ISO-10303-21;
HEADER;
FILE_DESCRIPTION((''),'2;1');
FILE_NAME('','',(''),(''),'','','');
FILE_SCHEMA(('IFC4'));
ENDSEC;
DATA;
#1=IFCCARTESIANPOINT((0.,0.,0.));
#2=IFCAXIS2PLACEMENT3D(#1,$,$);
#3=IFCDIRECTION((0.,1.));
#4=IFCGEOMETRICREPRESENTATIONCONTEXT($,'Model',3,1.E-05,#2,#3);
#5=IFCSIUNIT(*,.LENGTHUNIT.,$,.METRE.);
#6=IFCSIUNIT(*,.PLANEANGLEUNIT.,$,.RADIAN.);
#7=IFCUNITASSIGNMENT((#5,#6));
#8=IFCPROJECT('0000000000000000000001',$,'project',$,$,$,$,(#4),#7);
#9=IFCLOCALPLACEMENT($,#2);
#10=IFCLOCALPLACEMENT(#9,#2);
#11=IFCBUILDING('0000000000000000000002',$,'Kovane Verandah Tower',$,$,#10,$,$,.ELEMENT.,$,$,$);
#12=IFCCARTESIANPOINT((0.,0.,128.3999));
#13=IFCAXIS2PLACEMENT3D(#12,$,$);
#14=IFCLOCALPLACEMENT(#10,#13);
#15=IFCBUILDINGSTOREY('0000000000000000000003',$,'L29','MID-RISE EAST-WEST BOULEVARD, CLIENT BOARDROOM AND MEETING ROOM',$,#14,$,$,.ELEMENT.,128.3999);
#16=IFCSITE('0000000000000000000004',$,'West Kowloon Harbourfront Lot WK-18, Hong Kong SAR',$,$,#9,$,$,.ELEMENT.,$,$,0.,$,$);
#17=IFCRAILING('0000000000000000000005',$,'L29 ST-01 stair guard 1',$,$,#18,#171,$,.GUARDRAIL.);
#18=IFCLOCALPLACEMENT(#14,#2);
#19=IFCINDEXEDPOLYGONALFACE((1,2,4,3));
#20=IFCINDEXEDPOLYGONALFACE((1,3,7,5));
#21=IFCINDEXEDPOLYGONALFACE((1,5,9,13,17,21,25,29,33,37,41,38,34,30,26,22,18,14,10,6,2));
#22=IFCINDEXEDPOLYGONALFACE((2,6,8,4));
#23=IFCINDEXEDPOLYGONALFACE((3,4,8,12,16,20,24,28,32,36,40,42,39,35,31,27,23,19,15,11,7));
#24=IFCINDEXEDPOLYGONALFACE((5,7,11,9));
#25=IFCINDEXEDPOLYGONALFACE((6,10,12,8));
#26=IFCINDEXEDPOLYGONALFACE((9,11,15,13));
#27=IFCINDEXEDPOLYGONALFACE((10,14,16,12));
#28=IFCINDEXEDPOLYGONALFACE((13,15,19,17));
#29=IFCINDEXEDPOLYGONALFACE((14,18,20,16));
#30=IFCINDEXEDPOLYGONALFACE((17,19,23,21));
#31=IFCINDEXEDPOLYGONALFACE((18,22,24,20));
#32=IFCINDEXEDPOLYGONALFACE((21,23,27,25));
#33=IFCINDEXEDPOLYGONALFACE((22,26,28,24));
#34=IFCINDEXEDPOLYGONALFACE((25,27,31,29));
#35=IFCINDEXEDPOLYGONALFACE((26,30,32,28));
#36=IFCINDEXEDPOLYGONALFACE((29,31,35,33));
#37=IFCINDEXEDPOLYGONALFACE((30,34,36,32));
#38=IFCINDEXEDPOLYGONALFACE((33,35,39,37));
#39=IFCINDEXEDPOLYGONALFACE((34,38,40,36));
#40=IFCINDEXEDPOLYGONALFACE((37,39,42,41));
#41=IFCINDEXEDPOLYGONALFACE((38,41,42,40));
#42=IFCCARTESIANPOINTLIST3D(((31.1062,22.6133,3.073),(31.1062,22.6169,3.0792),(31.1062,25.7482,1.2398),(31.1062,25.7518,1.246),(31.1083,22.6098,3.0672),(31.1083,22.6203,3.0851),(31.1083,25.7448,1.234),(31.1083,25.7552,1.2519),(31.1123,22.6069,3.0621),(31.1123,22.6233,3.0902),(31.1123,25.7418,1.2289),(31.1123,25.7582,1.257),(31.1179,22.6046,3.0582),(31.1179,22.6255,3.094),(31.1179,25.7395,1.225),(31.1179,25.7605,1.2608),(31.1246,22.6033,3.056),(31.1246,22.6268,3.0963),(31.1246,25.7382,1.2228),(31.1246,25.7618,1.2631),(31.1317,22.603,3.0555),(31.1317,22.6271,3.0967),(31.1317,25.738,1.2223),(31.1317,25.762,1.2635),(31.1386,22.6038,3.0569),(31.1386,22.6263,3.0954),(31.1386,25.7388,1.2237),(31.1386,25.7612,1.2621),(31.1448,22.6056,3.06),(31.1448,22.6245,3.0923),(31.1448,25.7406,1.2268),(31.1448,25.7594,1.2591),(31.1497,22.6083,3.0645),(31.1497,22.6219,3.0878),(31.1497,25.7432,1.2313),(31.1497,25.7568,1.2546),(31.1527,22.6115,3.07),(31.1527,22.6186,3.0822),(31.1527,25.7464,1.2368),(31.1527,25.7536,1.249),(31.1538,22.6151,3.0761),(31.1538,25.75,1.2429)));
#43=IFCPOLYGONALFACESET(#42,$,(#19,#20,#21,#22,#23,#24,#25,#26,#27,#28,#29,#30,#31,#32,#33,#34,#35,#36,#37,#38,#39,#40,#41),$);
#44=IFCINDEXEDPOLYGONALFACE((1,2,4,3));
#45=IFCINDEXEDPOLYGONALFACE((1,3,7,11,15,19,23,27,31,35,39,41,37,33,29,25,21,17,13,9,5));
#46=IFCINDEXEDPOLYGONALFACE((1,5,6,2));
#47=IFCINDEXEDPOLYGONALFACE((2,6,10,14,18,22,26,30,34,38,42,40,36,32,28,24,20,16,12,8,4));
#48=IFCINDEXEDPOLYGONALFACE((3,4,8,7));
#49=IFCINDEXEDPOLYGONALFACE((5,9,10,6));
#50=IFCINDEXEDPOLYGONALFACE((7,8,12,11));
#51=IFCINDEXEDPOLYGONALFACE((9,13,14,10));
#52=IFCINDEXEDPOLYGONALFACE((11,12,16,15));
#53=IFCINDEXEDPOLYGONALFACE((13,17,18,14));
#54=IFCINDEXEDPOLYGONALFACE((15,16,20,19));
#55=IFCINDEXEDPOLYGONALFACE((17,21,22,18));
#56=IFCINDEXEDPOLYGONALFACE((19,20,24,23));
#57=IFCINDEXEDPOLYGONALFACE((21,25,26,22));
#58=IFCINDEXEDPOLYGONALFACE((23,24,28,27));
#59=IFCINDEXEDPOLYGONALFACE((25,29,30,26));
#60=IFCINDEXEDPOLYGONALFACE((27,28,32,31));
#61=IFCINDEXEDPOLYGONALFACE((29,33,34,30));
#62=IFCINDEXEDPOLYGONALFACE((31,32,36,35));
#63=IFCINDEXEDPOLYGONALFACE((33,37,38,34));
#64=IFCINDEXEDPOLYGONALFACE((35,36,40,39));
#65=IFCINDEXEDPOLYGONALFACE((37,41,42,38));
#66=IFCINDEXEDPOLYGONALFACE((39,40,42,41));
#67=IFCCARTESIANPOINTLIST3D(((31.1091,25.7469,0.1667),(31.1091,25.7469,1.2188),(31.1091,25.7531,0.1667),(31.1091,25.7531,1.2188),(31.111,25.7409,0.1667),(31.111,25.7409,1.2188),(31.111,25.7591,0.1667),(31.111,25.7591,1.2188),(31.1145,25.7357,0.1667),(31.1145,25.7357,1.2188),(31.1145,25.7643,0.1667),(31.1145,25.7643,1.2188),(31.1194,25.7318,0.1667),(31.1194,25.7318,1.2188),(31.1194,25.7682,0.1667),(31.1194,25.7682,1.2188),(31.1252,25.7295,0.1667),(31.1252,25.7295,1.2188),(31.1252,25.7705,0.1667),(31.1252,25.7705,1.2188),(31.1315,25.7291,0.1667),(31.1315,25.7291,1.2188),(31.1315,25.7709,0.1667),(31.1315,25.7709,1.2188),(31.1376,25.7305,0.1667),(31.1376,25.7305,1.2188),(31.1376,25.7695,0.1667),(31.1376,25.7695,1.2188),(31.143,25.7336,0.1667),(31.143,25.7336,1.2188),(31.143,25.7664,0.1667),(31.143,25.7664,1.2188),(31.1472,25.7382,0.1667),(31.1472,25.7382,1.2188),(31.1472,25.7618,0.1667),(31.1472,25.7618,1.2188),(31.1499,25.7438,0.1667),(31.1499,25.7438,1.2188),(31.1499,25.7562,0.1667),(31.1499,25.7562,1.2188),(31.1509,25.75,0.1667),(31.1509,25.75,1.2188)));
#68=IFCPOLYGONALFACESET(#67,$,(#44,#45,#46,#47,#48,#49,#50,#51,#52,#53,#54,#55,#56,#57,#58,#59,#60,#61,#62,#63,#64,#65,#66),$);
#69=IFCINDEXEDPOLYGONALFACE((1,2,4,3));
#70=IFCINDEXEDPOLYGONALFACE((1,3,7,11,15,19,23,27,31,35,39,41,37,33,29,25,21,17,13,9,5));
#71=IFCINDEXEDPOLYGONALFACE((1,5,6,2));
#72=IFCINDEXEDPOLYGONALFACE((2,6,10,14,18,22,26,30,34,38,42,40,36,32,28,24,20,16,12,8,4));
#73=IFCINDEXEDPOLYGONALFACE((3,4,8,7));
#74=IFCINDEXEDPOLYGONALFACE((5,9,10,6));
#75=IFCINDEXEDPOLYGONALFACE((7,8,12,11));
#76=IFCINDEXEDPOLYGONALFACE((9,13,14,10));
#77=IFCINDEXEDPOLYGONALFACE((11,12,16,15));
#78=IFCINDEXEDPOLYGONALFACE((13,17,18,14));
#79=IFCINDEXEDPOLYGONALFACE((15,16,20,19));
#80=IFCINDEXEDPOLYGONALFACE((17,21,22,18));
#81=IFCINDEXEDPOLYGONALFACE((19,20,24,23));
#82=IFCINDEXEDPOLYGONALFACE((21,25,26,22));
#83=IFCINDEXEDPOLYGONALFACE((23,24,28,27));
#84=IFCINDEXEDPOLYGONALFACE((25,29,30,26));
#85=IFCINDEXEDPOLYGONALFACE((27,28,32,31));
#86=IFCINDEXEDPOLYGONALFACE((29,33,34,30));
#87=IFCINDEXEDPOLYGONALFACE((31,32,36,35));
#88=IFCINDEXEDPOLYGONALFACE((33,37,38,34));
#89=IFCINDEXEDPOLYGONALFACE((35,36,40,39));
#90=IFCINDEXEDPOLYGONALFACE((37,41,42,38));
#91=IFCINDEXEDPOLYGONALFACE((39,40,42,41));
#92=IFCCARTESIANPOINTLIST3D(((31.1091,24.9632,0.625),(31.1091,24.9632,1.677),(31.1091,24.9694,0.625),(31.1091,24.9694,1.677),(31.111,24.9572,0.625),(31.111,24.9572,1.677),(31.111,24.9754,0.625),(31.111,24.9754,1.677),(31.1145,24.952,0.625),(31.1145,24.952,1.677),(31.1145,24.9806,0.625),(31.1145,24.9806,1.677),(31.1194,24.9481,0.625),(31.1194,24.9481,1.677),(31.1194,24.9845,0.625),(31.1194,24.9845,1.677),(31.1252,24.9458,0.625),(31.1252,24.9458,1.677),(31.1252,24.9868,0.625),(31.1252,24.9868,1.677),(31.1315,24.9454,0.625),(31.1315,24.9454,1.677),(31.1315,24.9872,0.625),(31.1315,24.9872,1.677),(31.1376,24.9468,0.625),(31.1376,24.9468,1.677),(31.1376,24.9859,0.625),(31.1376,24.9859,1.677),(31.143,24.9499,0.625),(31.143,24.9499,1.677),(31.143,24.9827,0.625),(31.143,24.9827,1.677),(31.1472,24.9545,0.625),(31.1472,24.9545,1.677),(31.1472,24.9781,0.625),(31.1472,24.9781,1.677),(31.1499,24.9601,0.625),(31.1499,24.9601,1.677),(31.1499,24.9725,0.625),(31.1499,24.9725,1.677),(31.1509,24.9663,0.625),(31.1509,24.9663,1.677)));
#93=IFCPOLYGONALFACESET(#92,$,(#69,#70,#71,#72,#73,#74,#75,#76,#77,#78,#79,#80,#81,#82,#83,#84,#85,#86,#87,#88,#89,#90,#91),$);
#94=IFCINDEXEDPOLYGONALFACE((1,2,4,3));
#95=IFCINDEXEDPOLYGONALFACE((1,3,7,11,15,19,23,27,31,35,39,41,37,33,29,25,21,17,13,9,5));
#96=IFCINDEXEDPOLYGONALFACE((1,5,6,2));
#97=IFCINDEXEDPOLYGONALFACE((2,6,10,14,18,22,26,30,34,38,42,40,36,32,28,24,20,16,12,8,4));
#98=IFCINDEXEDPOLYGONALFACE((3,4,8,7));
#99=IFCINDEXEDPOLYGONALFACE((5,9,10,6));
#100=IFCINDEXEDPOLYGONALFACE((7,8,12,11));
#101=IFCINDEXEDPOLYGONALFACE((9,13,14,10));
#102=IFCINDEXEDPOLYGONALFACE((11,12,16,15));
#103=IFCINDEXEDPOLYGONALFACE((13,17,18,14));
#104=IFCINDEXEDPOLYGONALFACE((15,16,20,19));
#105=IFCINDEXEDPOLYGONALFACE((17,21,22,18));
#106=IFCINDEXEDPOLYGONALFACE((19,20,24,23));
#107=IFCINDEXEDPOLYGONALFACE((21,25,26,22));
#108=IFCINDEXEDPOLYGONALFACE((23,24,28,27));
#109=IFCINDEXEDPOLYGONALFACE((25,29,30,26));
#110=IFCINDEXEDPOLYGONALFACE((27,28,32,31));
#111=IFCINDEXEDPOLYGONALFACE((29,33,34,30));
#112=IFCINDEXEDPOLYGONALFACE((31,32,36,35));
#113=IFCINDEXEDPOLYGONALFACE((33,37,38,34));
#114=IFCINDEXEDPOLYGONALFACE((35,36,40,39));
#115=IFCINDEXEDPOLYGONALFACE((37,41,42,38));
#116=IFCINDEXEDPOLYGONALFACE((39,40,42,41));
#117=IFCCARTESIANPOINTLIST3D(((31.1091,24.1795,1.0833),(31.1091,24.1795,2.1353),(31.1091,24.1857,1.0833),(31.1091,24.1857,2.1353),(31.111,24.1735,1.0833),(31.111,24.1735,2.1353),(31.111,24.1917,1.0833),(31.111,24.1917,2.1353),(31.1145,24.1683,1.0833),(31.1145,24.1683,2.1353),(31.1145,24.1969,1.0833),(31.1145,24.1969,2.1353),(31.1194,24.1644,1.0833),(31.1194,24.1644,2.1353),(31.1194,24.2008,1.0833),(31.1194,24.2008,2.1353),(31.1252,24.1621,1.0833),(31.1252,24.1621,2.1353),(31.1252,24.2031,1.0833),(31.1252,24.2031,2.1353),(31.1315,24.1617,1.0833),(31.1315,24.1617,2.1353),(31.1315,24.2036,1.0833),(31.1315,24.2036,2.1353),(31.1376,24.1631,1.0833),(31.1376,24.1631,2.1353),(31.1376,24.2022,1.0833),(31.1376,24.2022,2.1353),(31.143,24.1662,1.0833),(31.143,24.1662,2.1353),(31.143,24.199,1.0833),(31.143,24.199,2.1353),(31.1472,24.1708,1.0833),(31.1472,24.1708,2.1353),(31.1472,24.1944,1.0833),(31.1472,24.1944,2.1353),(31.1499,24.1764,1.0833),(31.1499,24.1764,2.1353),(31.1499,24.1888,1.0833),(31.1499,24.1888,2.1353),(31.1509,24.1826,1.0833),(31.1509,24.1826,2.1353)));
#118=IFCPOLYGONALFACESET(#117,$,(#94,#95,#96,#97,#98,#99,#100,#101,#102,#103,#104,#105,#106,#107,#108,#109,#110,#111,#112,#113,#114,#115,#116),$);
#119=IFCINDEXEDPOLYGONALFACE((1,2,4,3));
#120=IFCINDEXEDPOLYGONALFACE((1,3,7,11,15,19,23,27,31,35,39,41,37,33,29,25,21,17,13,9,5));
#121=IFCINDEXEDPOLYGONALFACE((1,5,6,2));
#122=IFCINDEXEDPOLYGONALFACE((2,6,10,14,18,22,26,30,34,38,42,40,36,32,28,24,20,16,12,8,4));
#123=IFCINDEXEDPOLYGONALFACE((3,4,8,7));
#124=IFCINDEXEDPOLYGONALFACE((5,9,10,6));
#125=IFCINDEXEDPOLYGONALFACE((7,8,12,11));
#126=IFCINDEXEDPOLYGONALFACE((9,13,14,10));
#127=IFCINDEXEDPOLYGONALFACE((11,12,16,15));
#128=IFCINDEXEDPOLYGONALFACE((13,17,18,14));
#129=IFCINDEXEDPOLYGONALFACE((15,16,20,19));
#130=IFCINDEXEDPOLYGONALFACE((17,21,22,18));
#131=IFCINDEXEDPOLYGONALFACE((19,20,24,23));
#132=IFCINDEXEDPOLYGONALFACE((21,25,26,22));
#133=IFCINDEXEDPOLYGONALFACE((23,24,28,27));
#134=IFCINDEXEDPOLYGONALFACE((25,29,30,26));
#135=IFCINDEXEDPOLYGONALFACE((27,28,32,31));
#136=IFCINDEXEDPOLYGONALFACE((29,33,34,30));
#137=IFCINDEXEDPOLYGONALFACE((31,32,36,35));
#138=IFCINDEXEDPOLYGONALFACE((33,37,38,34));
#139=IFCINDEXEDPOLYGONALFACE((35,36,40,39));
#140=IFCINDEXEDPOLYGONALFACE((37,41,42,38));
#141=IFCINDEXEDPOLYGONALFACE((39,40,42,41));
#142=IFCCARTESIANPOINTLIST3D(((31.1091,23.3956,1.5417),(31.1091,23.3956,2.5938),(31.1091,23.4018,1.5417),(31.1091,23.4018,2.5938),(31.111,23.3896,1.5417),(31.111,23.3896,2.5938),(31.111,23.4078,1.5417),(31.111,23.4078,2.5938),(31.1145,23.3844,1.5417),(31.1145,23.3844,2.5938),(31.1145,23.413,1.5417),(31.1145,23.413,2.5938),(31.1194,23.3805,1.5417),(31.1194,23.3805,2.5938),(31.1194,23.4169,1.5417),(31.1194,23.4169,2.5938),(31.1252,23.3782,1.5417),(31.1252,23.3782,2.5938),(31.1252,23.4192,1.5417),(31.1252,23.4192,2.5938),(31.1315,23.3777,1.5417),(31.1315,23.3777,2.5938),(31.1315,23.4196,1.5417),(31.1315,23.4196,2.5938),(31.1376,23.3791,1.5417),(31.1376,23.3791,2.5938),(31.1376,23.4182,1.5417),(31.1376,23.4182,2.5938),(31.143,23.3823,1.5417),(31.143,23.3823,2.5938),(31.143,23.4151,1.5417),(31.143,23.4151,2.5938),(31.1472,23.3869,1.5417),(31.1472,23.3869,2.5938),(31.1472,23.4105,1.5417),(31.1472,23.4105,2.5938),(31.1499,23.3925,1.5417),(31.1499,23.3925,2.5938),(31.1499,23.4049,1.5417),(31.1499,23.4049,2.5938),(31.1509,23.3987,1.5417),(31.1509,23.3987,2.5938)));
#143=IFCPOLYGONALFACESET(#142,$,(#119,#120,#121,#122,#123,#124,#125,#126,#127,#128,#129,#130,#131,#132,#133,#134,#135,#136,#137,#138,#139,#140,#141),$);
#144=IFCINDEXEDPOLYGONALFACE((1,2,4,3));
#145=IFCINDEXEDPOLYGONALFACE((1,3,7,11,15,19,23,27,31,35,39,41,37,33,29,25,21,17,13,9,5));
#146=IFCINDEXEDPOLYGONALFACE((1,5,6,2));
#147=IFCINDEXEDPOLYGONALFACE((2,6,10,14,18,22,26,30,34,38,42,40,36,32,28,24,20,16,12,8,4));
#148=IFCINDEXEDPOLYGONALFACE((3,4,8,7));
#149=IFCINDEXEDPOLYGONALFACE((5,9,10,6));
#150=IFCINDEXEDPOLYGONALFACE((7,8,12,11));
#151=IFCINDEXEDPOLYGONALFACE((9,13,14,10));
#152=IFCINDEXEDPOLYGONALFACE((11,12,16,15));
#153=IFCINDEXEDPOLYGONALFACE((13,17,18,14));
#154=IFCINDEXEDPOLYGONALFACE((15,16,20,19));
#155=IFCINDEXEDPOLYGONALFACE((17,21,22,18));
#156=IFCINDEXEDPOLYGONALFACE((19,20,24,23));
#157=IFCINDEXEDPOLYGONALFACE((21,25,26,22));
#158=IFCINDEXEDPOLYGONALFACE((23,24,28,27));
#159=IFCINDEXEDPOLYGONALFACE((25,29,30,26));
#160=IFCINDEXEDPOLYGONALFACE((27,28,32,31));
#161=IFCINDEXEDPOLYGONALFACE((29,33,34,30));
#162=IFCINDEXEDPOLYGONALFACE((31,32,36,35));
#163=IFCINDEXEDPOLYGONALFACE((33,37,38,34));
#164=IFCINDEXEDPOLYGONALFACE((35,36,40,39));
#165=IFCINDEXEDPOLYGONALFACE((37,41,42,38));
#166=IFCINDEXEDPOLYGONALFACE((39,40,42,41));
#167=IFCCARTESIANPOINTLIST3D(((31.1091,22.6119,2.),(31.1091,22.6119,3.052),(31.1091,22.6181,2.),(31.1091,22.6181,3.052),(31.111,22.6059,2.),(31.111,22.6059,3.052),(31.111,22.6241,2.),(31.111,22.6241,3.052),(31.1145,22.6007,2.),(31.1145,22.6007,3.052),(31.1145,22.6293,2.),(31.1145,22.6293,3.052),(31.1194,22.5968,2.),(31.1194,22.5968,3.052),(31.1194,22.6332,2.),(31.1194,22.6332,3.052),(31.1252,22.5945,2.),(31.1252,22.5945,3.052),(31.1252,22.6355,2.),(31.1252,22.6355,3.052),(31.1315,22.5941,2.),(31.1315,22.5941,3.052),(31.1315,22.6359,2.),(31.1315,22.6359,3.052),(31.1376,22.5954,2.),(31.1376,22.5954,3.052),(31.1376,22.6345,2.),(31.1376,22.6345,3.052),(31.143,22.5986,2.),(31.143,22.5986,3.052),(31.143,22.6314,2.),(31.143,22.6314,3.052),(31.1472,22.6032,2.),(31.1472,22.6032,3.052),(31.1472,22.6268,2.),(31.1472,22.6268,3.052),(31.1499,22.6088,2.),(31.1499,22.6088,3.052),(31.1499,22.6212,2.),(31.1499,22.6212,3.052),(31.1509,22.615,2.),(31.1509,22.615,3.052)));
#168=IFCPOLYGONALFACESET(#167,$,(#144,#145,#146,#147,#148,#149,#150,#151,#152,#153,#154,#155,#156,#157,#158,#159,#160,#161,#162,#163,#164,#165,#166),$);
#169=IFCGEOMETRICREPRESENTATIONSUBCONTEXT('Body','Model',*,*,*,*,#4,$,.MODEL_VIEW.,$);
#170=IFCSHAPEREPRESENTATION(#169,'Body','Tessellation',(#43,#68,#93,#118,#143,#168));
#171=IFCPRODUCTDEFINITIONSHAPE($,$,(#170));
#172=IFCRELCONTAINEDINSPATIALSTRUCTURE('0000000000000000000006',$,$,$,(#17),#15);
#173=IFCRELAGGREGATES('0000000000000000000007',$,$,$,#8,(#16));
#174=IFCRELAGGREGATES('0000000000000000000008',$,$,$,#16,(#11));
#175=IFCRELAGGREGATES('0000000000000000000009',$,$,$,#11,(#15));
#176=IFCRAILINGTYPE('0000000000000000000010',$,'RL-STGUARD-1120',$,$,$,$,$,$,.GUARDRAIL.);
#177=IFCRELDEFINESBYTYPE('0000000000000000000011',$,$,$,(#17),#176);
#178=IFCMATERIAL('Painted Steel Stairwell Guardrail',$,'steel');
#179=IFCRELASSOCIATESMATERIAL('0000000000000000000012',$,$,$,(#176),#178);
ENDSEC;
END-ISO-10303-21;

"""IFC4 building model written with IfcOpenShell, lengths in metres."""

from ifc_helpers import new_model, si_unit, direction, frame, origin, origin_2d, place, context, subcontext, project, spatial, circle, extrude, material, type_object, element, save


model = new_model("IFC4")

# Units and contexts
model_context = context("Model", 3, precision=1e-05, world=origin(), true_north=direction((0.0, 1.0)))
body_context = subcontext(model_context, "Body", "Model", "MODEL_VIEW")
ifc_project = project(units=[si_unit("LENGTHUNIT", "METRE"), si_unit("PLANEANGLEUNIT", "RADIAN")], contexts=[model_context])

# Site, building, storey
site_placement = place(None, origin())
site = spatial("IfcSite", under=ifc_project, at=site_placement, Name="West Kowloon Harbourfront Lot WK-18, Hong Kong SAR", CompositionType="ELEMENT", RefElevation=0.0)
building_placement = place(site_placement, origin())
building = spatial("IfcBuilding", under=site, at=building_placement, Name="Kovane Verandah Tower", CompositionType="ELEMENT")
storey_placement = place(building_placement, frame((0.0, 0.0, 128.3999)))
storey = spatial("IfcBuildingStorey", under=building, at=storey_placement, Name="L29", Description="MID-RISE EAST-WEST BOULEVARD, CLIENT BOARDROOM AND MEETING ROOM", CompositionType="ELEMENT", Elevation=128.3999)

# Railing
ifc_material_1 = material(Name="Painted Steel Stairwell Guardrail", Category="steel")
railing_type_1 = type_object("IfcRailingType", Name="RL-STGUARD-1120", PredefinedType="GUARDRAIL", material=ifc_material_1)
railing_1_placement = place(storey_placement, frame((31.1299, 25.75, 0.1667)))
element("IfcRailing", 1, at=railing_1_placement, inside=storey, type_object=railing_type_1, Name="L29 ST-01 stair guard 1", PredefinedType="GUARDRAIL", context=body_context, shape_type="SweptSolid", body=[
    extrude(circle(Radius=0.0239, at=origin_2d()), frame((0.0, 0.0, 1.0762), z_axis=(0.0, -0.86324, 0.504794), x_axis=(1.0, 0.0, 0.0)), (0.0, 0.0, 1.0), 3.6316),
    extrude(circle(Radius=0.021, at=origin_2d()), origin(), (0.0, 0.0, 1.0), 1.052),
    extrude(circle(Radius=0.021, at=origin_2d()), frame((0.0, -0.7837, 0.4583)), (0.0, 0.0, 1.0), 1.052),
    extrude(circle(Radius=0.021, at=origin_2d()), frame((0.0, -1.5674, 0.9165)), (0.0, 0.0, 1.0), 1.052),
    extrude(circle(Radius=0.021, at=origin_2d()), frame((0.0, -2.3513, 1.375)), (0.0, 0.0, 1.0), 1.052),
    extrude(circle(Radius=0.021, at=origin_2d()), frame((0.0, -3.135, 1.8333)), (0.0, 0.0, 1.0), 1.052),
])

save(model, "model.ifc")
